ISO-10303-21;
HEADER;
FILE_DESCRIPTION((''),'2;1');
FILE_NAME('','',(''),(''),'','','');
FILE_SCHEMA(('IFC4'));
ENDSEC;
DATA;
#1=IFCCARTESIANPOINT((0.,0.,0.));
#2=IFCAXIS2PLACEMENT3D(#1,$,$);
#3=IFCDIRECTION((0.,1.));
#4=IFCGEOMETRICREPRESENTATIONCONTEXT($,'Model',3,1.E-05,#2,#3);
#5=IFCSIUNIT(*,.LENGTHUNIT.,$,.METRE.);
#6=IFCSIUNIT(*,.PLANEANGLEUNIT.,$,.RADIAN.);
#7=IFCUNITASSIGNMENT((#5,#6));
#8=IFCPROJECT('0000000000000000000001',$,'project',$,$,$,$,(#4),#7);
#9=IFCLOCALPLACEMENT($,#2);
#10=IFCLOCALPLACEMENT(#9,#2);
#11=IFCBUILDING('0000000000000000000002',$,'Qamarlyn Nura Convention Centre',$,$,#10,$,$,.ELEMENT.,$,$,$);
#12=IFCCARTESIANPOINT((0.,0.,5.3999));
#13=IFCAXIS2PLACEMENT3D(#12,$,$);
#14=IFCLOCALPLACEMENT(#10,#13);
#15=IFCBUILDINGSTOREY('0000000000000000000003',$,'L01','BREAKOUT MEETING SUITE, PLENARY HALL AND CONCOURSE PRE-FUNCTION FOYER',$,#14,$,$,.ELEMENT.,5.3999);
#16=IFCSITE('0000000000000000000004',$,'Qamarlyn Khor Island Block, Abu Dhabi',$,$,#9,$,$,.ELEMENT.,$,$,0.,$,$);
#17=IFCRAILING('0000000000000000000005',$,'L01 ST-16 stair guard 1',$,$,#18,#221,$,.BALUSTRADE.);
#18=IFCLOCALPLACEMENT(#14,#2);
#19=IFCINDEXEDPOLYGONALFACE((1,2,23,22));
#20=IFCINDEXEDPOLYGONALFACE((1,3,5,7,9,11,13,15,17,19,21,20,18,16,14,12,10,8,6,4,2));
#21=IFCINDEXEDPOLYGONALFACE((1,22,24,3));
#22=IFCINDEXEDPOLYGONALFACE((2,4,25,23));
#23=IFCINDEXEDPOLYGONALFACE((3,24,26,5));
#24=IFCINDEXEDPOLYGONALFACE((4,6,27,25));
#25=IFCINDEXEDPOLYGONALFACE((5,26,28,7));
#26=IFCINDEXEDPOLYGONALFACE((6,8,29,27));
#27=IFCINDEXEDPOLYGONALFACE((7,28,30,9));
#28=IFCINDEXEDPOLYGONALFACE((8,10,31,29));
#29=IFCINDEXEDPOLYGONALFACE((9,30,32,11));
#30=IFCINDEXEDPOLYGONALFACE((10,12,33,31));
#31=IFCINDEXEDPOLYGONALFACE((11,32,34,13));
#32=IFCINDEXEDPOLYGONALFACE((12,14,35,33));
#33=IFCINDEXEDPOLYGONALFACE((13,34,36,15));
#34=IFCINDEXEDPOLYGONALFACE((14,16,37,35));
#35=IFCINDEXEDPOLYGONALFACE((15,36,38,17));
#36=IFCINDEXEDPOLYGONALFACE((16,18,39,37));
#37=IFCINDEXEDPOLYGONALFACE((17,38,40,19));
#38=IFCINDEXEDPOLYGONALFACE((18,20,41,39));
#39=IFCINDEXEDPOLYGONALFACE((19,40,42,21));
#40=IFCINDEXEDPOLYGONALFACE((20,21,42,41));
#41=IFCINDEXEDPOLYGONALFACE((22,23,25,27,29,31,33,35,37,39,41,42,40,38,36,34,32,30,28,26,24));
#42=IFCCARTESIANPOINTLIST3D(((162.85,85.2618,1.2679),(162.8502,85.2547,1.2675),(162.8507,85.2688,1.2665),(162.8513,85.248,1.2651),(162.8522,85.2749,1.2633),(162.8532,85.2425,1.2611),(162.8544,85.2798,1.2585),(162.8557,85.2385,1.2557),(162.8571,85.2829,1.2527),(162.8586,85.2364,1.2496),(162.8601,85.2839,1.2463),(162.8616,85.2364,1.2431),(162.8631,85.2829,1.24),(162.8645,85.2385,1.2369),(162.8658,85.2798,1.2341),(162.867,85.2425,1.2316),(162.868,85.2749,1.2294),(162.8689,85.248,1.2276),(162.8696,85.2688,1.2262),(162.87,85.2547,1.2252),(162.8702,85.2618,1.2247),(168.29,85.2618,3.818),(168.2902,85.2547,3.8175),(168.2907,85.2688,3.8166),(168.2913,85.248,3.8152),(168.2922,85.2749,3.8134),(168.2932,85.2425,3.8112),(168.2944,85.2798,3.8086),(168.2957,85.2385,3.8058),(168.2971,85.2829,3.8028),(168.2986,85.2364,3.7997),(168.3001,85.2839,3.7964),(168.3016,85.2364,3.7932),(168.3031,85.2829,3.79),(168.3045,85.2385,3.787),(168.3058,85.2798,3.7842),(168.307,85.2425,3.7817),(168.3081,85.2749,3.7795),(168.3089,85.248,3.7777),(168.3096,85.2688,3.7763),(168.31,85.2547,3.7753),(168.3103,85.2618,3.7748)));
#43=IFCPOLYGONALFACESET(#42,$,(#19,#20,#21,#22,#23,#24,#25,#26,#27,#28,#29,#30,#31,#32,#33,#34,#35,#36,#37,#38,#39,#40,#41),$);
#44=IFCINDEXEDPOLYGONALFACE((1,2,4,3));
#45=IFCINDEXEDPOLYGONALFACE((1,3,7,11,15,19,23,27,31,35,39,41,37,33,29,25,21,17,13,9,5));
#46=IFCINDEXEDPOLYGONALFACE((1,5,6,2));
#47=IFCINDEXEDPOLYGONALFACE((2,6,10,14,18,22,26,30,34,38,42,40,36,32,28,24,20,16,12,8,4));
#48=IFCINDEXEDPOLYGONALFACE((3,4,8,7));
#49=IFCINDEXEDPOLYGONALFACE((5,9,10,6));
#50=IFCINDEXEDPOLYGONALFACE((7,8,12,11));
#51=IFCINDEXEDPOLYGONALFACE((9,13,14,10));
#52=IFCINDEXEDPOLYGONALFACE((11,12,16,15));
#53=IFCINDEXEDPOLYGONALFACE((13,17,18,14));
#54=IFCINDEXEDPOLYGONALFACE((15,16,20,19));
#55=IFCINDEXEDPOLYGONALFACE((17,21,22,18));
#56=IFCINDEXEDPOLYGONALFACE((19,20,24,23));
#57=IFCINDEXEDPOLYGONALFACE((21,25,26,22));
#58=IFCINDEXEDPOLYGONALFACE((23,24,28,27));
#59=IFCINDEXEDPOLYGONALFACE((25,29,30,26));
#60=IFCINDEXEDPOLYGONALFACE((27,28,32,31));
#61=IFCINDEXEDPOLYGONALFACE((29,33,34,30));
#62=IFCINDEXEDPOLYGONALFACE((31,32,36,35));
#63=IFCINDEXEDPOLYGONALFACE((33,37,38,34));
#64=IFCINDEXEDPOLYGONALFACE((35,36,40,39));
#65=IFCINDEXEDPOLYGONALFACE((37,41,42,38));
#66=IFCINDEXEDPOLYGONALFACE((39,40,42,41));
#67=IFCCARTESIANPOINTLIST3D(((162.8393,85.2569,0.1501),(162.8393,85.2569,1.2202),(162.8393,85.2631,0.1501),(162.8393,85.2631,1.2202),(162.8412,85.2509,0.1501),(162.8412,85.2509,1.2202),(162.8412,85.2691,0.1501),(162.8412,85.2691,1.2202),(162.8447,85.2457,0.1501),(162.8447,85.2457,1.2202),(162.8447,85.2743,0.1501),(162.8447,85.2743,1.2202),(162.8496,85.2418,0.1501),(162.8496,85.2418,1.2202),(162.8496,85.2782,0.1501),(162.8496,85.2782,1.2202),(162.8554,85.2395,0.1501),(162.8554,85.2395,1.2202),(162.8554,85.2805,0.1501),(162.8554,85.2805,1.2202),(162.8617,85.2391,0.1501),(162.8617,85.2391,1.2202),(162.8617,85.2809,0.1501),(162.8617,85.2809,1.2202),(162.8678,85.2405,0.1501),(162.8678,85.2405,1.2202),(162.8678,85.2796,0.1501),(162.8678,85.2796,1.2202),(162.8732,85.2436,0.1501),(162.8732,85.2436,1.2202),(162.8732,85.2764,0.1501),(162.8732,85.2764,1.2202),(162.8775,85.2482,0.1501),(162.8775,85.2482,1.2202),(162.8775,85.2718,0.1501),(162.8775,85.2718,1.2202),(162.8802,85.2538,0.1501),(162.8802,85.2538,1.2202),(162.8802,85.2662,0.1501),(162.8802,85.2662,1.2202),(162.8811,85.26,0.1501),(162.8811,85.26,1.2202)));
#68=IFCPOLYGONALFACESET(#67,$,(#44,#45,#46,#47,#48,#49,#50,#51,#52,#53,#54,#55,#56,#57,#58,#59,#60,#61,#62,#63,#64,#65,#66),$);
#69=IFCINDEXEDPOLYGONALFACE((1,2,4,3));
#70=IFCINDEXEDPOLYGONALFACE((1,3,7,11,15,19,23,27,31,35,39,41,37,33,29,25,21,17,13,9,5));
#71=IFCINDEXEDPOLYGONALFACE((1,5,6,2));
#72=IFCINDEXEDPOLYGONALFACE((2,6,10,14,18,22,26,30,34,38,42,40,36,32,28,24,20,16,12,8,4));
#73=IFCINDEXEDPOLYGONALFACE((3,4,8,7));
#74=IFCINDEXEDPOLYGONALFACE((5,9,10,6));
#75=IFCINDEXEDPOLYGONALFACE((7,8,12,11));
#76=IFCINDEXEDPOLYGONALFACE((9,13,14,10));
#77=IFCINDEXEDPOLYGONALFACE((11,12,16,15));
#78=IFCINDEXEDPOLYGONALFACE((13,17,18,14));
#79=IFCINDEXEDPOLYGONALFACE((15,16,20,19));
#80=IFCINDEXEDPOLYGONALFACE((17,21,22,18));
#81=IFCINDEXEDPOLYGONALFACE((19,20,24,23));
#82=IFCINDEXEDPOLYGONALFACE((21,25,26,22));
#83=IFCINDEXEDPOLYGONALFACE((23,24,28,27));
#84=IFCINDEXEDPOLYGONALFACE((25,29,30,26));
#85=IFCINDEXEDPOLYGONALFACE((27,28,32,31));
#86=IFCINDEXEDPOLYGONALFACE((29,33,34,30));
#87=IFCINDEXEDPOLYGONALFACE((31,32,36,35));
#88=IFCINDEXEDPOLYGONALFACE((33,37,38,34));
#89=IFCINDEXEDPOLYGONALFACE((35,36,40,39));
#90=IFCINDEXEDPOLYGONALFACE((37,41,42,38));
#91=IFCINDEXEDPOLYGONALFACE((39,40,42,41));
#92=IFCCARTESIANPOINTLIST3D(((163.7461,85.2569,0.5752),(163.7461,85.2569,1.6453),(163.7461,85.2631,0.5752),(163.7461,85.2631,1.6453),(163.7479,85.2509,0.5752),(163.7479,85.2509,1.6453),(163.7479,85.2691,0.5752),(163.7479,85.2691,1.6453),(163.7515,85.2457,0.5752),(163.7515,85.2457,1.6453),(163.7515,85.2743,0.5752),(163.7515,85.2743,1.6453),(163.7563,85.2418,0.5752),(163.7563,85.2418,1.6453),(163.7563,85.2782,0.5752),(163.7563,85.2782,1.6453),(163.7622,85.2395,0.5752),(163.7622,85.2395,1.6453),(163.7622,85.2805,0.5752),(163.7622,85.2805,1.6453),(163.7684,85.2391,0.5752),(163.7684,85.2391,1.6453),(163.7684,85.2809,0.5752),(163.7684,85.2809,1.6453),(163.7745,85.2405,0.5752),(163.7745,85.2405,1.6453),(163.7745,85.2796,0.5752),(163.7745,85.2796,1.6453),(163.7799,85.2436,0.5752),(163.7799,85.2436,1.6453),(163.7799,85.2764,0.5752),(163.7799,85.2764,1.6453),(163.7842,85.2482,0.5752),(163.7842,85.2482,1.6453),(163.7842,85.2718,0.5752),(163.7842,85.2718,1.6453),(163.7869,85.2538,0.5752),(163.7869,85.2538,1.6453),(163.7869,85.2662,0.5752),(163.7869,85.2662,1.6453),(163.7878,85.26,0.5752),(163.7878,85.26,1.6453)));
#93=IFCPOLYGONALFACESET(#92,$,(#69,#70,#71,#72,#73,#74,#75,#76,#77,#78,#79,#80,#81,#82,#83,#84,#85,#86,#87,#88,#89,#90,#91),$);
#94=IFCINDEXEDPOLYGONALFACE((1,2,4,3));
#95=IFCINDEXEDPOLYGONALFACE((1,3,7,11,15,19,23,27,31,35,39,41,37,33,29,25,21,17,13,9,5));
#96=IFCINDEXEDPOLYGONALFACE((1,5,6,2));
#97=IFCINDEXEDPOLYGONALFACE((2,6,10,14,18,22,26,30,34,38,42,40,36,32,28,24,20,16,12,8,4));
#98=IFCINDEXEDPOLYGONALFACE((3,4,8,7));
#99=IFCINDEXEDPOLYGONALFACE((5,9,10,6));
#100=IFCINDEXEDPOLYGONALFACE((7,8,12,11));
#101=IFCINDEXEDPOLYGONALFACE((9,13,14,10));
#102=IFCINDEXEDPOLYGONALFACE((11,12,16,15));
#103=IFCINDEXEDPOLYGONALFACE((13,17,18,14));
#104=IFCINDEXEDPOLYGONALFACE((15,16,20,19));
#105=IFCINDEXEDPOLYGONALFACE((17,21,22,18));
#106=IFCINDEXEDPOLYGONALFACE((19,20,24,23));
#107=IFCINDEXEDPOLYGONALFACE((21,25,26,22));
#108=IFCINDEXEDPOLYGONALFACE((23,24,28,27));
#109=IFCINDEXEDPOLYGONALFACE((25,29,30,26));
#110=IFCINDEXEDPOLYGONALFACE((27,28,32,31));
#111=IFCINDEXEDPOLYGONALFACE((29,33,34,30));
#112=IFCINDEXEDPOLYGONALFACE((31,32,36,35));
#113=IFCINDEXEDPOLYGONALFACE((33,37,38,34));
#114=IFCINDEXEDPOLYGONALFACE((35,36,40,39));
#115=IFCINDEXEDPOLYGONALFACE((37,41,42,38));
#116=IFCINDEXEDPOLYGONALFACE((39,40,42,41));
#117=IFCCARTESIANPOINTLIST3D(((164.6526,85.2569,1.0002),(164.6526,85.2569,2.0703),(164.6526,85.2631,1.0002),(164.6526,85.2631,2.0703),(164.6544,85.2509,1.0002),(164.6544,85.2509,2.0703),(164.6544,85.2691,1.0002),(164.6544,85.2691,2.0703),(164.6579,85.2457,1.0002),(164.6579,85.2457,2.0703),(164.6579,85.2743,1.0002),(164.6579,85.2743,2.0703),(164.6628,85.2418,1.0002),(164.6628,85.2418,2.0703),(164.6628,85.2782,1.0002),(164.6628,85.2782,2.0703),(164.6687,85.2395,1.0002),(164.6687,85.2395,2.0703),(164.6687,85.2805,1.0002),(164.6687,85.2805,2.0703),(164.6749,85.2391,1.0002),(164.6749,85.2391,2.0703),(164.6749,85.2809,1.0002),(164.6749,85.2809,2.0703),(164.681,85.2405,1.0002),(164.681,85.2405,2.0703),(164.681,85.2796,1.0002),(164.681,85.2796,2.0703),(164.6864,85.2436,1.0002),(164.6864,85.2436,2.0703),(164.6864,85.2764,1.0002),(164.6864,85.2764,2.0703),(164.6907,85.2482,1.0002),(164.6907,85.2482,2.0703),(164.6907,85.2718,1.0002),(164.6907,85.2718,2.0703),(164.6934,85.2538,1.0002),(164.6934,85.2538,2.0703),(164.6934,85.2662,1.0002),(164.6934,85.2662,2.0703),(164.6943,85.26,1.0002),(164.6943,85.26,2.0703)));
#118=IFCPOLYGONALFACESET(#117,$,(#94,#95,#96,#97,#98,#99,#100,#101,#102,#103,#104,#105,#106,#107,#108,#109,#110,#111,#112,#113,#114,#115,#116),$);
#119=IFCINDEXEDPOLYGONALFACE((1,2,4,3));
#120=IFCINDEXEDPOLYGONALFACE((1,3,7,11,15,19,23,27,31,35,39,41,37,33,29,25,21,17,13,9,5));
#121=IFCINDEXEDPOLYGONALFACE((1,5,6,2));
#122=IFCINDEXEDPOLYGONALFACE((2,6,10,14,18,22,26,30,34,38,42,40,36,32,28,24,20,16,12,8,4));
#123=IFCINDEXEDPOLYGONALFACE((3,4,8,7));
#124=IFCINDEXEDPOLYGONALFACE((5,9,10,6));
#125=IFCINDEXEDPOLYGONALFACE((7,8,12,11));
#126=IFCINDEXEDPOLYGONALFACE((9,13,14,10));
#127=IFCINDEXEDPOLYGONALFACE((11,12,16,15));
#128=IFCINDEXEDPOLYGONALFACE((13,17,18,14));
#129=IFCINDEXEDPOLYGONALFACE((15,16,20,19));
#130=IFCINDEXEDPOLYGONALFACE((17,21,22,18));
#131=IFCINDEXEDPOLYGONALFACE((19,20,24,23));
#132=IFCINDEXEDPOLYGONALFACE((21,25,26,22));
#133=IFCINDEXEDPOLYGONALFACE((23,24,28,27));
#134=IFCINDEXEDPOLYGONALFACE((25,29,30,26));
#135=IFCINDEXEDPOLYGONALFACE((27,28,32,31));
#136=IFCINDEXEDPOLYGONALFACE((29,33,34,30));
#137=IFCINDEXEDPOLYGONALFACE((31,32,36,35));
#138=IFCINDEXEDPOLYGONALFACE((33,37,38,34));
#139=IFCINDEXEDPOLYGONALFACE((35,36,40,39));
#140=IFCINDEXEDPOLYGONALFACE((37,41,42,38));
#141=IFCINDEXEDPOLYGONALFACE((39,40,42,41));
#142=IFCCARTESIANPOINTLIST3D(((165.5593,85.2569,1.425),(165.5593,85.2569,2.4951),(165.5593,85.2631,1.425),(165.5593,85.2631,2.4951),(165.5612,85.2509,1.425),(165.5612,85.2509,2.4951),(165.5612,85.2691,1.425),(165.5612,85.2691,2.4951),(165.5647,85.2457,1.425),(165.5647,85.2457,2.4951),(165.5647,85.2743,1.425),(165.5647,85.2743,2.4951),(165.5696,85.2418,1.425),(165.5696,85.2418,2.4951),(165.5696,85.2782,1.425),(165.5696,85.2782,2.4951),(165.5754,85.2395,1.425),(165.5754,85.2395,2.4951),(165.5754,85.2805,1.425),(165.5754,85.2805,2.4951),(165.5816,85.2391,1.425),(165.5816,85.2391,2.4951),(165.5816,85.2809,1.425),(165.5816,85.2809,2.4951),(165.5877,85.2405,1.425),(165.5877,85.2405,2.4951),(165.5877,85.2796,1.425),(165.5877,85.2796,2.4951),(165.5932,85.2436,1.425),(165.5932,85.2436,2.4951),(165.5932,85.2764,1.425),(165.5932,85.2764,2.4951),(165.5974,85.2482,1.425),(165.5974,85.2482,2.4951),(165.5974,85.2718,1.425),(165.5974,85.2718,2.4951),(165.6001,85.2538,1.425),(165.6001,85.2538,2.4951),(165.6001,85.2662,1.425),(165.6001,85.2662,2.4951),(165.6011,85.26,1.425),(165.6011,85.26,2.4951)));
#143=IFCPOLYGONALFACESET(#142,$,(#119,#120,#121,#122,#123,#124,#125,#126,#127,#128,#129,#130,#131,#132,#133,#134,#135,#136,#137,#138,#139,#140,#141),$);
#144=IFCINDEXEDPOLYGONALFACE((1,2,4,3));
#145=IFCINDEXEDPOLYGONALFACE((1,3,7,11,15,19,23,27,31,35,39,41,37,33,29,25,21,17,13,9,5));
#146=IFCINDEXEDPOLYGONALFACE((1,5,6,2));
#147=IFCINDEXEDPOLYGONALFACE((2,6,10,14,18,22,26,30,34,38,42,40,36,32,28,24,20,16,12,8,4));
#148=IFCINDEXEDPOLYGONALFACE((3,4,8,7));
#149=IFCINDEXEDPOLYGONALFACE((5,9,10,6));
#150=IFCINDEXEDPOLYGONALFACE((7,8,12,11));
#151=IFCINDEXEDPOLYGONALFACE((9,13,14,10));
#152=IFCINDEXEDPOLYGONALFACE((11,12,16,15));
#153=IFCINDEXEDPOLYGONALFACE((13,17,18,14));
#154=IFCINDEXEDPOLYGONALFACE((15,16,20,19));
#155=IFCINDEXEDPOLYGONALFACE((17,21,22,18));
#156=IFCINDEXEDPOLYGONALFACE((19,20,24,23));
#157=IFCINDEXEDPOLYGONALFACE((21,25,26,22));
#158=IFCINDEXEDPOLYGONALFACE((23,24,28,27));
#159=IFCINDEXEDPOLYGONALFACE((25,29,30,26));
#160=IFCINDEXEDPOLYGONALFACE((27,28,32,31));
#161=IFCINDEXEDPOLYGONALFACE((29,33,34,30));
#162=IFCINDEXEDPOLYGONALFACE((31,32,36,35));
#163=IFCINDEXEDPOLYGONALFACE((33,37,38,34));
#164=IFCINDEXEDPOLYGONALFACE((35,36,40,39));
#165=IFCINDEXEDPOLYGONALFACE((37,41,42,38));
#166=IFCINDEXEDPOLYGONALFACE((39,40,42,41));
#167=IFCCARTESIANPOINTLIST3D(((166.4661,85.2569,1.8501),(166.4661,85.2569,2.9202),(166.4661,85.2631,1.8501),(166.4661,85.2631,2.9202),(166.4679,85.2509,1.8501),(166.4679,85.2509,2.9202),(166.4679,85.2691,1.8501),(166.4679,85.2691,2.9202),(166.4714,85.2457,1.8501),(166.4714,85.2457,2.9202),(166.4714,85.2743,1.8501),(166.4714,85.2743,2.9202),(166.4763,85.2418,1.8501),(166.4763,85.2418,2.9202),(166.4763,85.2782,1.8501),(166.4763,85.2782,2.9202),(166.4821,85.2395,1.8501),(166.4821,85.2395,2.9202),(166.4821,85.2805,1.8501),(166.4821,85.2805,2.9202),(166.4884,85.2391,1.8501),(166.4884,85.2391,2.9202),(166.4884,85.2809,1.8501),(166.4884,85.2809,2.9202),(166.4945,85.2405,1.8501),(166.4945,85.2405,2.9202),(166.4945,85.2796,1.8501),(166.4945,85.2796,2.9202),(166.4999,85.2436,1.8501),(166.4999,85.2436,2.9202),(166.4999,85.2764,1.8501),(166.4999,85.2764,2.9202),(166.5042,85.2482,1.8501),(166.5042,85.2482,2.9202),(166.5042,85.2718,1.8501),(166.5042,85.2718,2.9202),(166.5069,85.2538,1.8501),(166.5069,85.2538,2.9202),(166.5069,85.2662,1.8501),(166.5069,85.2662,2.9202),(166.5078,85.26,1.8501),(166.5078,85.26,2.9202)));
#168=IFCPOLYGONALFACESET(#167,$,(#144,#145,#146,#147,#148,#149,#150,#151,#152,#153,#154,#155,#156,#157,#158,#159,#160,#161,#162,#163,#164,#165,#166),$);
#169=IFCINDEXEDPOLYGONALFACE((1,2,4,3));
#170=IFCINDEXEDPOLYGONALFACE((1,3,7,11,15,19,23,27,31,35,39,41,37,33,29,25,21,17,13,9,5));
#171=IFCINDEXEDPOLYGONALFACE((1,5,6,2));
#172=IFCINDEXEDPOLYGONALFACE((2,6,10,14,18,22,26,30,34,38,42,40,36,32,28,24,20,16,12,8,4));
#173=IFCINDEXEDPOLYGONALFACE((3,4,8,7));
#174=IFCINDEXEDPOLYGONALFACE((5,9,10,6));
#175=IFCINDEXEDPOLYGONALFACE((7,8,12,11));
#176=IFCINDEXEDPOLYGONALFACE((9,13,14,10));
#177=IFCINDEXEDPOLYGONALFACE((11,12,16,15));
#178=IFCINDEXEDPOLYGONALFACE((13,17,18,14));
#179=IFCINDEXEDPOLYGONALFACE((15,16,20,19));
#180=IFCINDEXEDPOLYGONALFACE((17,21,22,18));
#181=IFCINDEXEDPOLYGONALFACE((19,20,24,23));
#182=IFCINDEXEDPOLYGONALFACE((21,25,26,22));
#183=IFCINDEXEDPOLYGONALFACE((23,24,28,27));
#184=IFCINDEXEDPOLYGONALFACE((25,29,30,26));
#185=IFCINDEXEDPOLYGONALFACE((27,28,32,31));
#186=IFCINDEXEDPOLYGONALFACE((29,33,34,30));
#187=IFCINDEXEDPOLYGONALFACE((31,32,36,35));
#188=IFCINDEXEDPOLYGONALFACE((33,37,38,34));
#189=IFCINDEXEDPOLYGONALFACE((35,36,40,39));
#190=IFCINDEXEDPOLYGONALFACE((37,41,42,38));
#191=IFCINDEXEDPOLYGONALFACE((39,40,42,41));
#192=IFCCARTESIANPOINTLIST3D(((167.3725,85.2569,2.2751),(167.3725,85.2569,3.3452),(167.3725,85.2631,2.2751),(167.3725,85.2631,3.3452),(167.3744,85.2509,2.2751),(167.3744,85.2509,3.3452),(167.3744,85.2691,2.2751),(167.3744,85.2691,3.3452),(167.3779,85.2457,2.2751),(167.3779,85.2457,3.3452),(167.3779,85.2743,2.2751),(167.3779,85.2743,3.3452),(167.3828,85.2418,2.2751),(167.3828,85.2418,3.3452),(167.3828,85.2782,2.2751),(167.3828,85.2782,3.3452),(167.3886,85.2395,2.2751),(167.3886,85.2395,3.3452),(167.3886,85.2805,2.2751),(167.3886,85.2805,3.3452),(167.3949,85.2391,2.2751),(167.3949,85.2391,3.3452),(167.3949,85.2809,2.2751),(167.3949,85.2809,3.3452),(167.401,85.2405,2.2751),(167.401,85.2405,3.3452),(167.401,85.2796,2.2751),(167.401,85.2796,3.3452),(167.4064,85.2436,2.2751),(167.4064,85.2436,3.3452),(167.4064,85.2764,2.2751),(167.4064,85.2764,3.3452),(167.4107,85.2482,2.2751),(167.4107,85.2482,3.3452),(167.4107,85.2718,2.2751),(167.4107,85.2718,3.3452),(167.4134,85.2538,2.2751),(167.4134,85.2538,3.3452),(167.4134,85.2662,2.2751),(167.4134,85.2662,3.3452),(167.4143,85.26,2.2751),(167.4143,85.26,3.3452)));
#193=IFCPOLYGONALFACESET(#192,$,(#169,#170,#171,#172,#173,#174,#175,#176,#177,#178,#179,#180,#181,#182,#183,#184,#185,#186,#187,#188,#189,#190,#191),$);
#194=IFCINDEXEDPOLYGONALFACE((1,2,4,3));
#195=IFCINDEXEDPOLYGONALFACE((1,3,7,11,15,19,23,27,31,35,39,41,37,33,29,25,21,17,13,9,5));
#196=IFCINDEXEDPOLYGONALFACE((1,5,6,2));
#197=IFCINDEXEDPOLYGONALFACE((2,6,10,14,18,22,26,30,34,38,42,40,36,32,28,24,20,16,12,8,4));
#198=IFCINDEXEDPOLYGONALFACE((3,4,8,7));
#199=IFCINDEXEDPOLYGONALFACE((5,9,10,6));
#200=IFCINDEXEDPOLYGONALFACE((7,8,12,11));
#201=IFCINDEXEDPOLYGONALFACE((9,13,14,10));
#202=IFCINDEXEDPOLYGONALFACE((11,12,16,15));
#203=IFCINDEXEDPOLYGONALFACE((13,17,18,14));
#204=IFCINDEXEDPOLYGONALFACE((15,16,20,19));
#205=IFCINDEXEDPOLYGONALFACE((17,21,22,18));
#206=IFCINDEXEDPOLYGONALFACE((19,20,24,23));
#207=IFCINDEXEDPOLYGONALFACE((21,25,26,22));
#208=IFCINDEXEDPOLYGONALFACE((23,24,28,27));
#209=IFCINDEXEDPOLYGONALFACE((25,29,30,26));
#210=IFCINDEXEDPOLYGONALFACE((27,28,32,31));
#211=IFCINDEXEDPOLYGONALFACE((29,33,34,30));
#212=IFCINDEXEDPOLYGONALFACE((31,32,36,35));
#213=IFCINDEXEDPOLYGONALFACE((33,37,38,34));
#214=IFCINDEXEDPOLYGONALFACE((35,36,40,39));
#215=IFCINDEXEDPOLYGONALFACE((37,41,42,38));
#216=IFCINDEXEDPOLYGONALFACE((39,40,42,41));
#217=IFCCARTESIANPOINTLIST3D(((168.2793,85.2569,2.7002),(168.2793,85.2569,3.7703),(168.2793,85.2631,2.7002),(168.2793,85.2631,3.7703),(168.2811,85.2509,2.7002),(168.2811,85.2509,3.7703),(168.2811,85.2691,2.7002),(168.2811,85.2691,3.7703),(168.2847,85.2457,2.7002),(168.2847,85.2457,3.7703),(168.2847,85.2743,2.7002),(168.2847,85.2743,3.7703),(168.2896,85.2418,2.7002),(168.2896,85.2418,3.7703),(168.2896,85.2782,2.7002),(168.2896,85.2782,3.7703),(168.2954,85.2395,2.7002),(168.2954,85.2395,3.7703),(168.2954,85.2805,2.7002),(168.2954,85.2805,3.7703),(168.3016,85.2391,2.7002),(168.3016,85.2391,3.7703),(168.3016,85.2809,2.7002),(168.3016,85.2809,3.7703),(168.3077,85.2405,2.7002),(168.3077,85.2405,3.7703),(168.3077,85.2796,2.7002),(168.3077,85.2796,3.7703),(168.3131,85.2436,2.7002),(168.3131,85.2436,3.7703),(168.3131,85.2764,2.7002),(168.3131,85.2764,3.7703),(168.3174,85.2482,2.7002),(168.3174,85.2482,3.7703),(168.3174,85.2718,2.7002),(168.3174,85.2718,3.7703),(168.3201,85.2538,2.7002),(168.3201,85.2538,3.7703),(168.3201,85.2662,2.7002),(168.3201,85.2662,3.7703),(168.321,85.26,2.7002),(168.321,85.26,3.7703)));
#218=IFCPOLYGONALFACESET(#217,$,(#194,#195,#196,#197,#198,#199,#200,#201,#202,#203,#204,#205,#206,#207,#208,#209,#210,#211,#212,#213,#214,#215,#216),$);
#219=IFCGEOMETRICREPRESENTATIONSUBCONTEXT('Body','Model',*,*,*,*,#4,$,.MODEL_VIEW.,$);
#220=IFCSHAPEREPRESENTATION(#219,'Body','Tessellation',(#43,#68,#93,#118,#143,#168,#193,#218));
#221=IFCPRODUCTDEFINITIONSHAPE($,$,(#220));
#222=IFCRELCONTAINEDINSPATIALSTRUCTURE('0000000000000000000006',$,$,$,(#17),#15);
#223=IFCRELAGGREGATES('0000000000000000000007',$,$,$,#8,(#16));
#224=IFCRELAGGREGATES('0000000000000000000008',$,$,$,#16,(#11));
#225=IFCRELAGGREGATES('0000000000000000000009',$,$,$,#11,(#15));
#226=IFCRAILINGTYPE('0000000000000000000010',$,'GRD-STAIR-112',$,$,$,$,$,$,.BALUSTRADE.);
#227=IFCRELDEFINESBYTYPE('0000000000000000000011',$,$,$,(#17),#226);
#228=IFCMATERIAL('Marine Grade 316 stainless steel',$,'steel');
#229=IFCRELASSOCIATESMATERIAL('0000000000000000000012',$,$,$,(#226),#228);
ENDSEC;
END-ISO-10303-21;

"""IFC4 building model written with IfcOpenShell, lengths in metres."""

from ifc_helpers import new_model, si_unit, direction, frame, origin, origin_2d, place, context, subcontext, project, spatial, circle, extrude, material, type_object, element, save


model = new_model("IFC4")

# Units and contexts
model_context = context("Model", 3, precision=1e-05, world=origin(), true_north=direction((0.0, 1.0)))
body_context = subcontext(model_context, "Body", "Model", "MODEL_VIEW")
ifc_project = project(units=[si_unit("LENGTHUNIT", "METRE"), si_unit("PLANEANGLEUNIT", "RADIAN")], contexts=[model_context])

# Site, building, storey
site_placement = place(None, origin())
site = spatial("IfcSite", under=ifc_project, at=site_placement, Name="Qamarlyn Khor Island Block, Abu Dhabi", CompositionType="ELEMENT", RefElevation=0.0)
building_placement = place(site_placement, origin())
building = spatial("IfcBuilding", under=site, at=building_placement, Name="Qamarlyn Nura Convention Centre", CompositionType="ELEMENT")
storey_placement = place(building_placement, frame((0.0, 0.0, 5.3999)))
storey = spatial("IfcBuildingStorey", under=building, at=storey_placement, Name="L01", Description="BREAKOUT MEETING SUITE, PLENARY HALL AND CONCOURSE PRE-FUNCTION FOYER", CompositionType="ELEMENT", Elevation=5.3999)

# Railing
ifc_material_1 = material(Name="Marine Grade 316 stainless steel", Category="steel")
railing_type_1 = type_object("IfcRailingType", Name="GRD-STAIR-112", PredefinedType="BALUSTRADE", material=ifc_material_1)
railing_1_placement = place(storey_placement, frame((162.8601, 85.26, 0.1501)))
element("IfcRailing", 1, at=railing_1_placement, inside=storey, type_object=railing_type_1, Name="L01 ST-16 stair guard 1", PredefinedType="BALUSTRADE", context=body_context, shape_type="SweptSolid", body=[
    extrude(circle(Radius=0.0239, at=origin_2d()), frame((0.0, 0.0, 1.0962), z_axis=(0.905454, 0.0, 0.424444), x_axis=(0.0, 1.0, 0.0)), (0.0, 0.0, 1.0), 6.0081),
    extrude(circle(Radius=0.021, at=origin_2d()), origin(), (0.0, 0.0, 1.0), 1.0701),
    extrude(circle(Radius=0.021, at=origin_2d()), frame((0.9067, 0.0, 0.425)), (0.0, 0.0, 1.0), 1.0701),
    extrude(circle(Radius=0.021, at=origin_2d()), frame((1.8132, 0.0, 0.8501)), (0.0, 0.0, 1.0), 1.0701),
    extrude(circle(Radius=0.021, at=origin_2d()), frame((2.72, 0.0, 1.2749)), (0.0, 0.0, 1.0), 1.0701),
    extrude(circle(Radius=0.021, at=origin_2d()), frame((3.6267, 0.0, 1.7)), (0.0, 0.0, 1.0), 1.0701),
    extrude(circle(Radius=0.021, at=origin_2d()), frame((4.5332, 0.0, 2.125)), (0.0, 0.0, 1.0), 1.0701),
    extrude(circle(Radius=0.021, at=origin_2d()), frame((5.4399, 0.0, 2.55)), (0.0, 0.0, 1.0), 1.0701),
])

save(model, "model.ifc")
